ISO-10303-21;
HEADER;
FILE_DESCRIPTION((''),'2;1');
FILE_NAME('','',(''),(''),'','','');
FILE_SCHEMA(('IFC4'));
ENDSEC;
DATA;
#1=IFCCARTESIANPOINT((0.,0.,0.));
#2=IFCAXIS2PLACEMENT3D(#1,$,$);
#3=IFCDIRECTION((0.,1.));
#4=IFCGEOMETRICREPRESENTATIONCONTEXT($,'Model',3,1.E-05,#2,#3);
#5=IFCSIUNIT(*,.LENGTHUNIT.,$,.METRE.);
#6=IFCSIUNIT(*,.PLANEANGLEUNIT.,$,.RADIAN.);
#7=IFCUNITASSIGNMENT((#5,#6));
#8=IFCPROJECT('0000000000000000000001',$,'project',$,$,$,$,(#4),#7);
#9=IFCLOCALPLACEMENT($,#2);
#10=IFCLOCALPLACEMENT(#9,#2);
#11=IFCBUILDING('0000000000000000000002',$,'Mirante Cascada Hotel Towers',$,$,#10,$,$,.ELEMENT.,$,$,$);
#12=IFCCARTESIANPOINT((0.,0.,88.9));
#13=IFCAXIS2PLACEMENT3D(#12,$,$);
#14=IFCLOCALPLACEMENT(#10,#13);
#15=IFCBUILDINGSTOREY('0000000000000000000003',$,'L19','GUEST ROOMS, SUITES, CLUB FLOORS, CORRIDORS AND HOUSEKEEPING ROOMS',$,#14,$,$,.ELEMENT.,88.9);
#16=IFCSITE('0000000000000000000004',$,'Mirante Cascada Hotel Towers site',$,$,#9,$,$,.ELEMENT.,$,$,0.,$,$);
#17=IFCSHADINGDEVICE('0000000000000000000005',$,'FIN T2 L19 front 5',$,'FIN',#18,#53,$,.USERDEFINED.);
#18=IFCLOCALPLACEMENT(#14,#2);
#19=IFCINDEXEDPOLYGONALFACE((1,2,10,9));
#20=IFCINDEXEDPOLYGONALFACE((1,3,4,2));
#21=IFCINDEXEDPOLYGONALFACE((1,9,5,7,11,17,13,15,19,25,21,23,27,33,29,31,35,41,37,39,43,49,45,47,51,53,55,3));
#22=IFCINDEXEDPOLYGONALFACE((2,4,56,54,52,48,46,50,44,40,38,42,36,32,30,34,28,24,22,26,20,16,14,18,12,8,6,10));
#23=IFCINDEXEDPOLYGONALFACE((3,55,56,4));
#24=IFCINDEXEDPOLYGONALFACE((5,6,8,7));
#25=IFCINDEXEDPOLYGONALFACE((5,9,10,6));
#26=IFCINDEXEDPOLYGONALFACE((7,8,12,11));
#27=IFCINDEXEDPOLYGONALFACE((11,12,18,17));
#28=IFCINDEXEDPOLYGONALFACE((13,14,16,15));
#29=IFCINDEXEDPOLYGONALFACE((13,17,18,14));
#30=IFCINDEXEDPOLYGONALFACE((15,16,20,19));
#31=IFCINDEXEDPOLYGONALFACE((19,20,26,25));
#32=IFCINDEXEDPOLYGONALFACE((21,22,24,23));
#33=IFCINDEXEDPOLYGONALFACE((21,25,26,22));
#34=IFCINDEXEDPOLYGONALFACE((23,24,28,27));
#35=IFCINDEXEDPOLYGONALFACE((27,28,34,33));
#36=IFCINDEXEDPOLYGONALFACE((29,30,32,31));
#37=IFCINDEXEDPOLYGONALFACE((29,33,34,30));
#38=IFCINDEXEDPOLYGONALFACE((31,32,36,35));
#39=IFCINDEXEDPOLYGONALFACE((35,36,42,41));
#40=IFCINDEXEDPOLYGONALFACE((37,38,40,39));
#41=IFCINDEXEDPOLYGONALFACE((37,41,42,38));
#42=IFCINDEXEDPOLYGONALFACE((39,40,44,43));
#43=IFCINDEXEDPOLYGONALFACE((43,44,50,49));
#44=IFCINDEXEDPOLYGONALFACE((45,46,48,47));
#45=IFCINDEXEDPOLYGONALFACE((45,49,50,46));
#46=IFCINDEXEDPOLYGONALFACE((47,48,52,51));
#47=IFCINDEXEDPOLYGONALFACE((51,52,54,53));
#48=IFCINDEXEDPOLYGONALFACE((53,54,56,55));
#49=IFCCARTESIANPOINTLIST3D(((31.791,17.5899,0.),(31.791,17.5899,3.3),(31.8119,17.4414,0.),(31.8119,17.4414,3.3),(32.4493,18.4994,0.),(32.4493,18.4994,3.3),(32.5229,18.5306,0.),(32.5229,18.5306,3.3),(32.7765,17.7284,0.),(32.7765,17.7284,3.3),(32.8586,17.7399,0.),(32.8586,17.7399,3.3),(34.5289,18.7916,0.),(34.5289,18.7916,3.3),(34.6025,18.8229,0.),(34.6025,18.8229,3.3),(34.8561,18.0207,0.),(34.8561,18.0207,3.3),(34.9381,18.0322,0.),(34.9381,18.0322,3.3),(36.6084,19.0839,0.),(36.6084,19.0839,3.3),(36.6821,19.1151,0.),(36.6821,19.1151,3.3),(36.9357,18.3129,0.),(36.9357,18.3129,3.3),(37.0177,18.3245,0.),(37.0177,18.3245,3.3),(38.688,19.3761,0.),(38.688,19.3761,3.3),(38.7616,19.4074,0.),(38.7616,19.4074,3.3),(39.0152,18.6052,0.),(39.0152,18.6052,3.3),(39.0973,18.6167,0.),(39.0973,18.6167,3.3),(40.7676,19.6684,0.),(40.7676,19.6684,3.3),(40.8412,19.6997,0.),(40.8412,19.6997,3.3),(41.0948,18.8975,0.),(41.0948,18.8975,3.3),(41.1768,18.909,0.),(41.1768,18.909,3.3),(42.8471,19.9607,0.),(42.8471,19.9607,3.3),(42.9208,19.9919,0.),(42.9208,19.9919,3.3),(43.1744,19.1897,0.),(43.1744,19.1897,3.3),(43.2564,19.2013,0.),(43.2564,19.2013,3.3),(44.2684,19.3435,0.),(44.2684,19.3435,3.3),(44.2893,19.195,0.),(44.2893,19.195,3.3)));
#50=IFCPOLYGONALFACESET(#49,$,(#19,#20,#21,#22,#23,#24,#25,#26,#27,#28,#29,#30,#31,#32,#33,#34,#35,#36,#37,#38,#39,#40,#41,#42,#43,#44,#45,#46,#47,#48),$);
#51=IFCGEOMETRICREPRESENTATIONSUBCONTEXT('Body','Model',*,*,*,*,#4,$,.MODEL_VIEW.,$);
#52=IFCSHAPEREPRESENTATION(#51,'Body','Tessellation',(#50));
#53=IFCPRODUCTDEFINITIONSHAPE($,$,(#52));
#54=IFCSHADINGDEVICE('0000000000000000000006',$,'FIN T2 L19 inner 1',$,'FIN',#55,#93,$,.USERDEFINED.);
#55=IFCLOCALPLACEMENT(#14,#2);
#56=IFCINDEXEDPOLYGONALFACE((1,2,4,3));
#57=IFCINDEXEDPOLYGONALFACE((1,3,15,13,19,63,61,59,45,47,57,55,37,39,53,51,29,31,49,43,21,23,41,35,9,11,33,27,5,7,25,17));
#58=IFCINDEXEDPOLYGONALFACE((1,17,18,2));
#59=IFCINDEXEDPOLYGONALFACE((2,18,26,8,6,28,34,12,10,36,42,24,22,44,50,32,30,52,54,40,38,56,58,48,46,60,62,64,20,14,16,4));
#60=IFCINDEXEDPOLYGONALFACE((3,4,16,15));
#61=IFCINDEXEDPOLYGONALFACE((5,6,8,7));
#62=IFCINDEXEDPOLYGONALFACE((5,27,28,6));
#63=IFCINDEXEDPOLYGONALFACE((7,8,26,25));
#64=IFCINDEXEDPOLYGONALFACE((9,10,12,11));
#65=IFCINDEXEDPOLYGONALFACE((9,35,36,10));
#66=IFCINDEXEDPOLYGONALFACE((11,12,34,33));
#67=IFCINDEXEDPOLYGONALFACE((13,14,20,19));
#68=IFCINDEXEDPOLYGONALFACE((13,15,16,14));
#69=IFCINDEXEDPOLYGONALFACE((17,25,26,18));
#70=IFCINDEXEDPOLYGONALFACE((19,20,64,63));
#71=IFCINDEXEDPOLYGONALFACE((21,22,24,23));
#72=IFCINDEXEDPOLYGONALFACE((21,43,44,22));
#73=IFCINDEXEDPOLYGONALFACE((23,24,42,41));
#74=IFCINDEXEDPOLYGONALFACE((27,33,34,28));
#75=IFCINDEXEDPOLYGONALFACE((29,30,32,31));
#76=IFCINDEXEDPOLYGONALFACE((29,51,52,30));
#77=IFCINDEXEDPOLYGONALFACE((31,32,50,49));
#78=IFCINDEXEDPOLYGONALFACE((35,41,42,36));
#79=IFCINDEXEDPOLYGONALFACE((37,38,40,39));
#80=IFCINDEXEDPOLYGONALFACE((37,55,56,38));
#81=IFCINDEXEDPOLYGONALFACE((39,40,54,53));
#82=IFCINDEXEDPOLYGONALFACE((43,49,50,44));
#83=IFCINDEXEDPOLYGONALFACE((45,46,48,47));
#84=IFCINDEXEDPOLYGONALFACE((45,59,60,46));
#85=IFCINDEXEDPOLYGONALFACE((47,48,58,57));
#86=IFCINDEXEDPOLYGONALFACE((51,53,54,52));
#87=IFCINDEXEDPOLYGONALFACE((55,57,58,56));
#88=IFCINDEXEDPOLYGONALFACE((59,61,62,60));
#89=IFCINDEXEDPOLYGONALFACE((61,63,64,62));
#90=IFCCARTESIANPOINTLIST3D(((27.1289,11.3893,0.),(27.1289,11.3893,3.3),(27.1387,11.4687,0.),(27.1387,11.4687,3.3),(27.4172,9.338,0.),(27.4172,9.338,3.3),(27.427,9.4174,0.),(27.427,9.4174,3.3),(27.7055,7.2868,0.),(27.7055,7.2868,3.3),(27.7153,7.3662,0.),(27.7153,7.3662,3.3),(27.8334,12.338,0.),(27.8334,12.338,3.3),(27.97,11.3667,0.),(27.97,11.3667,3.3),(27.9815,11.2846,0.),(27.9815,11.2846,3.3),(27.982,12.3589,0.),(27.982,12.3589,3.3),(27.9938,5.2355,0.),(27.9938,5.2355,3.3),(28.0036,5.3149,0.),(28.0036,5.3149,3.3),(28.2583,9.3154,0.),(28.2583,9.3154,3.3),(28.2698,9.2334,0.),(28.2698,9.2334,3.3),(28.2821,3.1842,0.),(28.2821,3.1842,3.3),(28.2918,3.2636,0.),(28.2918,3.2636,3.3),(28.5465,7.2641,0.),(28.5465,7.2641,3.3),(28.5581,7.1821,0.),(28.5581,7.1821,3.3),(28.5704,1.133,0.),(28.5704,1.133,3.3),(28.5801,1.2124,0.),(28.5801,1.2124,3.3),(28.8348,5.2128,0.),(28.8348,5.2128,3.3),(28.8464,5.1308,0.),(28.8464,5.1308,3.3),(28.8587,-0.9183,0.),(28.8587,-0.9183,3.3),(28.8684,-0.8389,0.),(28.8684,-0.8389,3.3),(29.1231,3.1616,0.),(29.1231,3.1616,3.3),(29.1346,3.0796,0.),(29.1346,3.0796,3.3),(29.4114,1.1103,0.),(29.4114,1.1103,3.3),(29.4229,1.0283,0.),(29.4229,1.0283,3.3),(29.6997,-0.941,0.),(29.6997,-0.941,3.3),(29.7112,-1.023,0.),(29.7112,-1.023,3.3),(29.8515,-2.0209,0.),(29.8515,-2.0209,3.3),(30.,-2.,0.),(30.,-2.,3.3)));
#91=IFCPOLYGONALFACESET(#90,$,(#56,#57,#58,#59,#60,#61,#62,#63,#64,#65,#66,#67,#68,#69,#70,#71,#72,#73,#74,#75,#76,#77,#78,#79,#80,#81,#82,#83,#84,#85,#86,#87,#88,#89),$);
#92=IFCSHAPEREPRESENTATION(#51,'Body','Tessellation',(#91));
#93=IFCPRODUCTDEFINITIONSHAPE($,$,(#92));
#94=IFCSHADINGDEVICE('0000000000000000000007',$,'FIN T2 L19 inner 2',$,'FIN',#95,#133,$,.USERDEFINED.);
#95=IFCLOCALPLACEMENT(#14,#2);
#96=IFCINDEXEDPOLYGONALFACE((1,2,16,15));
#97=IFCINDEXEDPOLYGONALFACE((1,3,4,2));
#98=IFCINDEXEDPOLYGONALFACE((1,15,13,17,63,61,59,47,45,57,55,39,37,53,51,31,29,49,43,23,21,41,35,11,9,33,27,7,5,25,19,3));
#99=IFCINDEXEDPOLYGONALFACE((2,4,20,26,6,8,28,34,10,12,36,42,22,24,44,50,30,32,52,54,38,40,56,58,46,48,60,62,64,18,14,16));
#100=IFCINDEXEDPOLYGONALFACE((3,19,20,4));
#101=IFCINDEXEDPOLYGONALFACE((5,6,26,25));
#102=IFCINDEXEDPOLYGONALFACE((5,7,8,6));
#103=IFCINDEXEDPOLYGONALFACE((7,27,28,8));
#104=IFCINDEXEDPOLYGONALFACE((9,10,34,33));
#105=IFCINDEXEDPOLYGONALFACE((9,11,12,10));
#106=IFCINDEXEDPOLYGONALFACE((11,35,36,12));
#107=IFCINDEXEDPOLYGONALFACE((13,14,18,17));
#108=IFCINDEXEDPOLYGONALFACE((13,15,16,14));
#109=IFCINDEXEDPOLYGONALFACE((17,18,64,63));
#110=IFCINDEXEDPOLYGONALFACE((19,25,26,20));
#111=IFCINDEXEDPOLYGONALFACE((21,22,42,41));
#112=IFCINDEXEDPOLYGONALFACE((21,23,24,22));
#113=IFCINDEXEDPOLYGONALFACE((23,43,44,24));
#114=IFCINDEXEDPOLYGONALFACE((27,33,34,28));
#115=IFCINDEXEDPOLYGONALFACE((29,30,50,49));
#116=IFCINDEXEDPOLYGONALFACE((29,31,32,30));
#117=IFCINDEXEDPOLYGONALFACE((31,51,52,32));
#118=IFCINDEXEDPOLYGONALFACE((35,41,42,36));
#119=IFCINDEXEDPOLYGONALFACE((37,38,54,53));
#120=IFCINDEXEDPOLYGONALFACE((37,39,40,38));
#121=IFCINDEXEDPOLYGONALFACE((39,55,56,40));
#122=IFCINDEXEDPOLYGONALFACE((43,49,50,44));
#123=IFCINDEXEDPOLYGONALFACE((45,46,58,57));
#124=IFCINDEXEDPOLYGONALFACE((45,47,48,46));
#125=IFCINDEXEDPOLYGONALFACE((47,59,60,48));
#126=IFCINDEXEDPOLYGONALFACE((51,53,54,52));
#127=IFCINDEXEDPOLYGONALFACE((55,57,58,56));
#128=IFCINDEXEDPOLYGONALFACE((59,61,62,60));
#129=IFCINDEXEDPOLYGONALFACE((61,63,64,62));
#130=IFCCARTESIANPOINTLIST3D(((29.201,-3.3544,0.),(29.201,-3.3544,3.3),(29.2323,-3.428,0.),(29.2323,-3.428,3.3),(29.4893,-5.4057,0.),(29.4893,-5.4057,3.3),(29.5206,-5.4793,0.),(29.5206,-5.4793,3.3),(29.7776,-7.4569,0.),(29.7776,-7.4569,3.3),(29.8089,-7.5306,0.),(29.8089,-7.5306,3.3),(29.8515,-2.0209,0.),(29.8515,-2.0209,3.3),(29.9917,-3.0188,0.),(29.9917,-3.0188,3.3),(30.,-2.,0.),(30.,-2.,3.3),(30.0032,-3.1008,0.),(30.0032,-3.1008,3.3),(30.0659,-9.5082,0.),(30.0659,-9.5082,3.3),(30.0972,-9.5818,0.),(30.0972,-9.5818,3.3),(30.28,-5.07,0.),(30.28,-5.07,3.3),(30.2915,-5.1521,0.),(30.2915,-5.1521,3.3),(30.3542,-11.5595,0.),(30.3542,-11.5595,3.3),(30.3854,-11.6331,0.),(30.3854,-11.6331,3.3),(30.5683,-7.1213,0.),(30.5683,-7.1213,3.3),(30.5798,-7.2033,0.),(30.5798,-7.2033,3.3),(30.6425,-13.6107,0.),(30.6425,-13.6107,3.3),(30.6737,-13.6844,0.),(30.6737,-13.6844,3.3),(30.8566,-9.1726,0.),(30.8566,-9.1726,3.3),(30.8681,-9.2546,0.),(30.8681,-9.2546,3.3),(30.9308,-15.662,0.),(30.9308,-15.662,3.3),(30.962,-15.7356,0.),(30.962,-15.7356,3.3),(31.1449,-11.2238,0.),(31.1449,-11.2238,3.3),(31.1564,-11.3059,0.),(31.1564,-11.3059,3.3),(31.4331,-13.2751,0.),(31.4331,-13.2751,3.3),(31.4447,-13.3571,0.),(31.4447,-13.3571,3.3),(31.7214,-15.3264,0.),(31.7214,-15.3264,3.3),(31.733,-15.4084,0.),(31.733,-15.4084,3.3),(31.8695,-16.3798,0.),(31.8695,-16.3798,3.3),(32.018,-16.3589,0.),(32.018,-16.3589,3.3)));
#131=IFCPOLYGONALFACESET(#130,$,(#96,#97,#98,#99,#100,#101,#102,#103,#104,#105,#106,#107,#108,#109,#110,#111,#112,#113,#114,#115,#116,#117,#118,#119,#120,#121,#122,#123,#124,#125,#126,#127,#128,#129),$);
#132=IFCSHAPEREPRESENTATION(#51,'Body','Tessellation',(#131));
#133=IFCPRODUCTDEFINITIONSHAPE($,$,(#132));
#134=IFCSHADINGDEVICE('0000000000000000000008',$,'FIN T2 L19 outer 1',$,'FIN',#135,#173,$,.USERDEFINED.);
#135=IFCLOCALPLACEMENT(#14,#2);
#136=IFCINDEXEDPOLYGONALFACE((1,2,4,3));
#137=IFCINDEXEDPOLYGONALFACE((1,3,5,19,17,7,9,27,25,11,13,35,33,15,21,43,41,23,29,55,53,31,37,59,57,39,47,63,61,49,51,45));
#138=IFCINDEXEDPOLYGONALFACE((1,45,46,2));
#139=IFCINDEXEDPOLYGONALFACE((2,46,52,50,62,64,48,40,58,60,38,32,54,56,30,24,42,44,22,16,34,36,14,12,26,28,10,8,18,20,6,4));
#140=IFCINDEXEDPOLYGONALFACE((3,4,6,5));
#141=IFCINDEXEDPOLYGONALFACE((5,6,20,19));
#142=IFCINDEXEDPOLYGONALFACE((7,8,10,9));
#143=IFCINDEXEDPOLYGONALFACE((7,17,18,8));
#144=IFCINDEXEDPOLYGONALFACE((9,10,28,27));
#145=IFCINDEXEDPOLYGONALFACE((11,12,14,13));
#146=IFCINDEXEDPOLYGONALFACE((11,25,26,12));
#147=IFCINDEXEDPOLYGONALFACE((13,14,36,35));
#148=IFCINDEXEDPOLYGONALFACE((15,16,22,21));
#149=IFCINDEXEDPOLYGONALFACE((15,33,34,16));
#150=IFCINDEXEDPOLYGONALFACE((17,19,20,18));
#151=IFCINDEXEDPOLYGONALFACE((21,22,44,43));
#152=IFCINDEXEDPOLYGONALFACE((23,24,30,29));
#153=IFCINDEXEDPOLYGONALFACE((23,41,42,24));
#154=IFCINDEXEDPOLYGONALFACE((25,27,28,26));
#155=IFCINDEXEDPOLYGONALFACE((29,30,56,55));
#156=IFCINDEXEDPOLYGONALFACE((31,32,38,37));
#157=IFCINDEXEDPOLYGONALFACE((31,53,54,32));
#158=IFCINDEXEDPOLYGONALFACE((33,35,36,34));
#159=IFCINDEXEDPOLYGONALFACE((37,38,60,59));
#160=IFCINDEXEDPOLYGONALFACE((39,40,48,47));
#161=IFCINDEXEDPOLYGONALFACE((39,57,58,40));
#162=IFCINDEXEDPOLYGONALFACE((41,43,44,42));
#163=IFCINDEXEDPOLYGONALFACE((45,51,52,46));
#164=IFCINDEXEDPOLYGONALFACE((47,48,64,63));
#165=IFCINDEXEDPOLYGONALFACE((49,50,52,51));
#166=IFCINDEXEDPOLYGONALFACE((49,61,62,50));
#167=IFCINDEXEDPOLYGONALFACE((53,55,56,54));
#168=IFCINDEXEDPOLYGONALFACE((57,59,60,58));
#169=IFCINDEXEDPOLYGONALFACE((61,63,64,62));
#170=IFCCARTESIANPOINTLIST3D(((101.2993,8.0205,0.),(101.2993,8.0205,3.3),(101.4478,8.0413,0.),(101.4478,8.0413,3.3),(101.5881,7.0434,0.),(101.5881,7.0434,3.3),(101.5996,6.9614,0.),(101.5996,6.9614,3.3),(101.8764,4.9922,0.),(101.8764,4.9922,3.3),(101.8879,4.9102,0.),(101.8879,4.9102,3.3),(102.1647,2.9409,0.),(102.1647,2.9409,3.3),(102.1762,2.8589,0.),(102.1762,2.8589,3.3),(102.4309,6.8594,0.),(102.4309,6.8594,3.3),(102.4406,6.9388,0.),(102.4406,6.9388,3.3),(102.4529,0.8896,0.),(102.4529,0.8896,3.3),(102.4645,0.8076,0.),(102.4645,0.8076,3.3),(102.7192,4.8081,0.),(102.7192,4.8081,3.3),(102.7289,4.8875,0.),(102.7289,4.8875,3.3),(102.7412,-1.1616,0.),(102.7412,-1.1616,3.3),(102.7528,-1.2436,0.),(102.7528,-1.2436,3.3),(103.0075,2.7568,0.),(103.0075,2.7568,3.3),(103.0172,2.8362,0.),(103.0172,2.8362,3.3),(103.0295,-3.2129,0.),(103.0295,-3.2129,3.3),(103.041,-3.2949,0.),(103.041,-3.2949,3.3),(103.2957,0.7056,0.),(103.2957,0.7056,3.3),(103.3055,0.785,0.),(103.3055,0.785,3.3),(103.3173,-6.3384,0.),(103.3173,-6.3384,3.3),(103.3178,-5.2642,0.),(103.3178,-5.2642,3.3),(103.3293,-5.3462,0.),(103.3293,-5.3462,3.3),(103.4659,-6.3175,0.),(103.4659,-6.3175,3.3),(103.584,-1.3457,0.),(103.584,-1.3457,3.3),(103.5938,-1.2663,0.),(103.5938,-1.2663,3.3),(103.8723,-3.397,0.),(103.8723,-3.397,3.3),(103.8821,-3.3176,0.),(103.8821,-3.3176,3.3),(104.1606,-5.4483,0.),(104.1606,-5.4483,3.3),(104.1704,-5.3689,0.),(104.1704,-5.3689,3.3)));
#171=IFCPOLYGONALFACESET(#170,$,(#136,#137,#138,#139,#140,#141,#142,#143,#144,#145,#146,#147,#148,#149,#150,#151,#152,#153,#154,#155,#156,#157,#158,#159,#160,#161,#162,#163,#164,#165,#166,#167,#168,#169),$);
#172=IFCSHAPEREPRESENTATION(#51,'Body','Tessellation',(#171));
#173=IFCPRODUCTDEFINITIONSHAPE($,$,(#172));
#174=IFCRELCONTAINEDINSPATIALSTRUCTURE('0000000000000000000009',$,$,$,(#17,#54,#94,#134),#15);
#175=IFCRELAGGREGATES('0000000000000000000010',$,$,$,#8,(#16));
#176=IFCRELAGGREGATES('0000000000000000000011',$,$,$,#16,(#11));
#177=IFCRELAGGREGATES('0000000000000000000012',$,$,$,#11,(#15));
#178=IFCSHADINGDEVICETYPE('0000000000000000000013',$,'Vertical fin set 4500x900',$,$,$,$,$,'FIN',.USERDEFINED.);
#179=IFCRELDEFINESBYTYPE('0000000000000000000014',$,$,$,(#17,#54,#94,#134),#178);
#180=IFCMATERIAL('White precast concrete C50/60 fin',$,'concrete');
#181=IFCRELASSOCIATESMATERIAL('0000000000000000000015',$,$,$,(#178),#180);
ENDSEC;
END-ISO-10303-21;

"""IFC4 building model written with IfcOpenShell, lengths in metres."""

from ifc_helpers import new_model, si_unit, direction, frame, origin, place, context, subcontext, project, spatial, polyline, outline, extrude, material, type_object, element, save


model = new_model("IFC4")

# Units and contexts
model_context = context("Model", 3, precision=1e-05, world=origin(), true_north=direction((0.0, 1.0)))
body_context = subcontext(model_context, "Body", "Model", "MODEL_VIEW")
ifc_project = project(units=[si_unit("LENGTHUNIT", "METRE"), si_unit("PLANEANGLEUNIT", "RADIAN")], contexts=[model_context])

# Site, building, storey
site_placement = place(None, origin())
site = spatial("IfcSite", under=ifc_project, at=site_placement, Name="Mirante Cascada Hotel Towers site", CompositionType="ELEMENT", RefElevation=0.0)
building_placement = place(site_placement, origin())
building = spatial("IfcBuilding", under=site, at=building_placement, Name="Mirante Cascada Hotel Towers", CompositionType="ELEMENT")
storey_placement = place(building_placement, frame((0.0, 0.0, 88.9)))
storey = spatial("IfcBuildingStorey", under=building, at=storey_placement, Name="L19", Description="GUEST ROOMS, SUITES, CLUB FLOORS, CORRIDORS AND HOUSEKEEPING ROOMS", CompositionType="ELEMENT", Elevation=88.9)

# Shading devices
ifc_material_1 = material(Name="White precast concrete C50/60 fin", Category="concrete")
shading_device_type = type_object("IfcShadingDeviceType", Name="Vertical fin set 4500x900", ElementType="FIN", PredefinedType="USERDEFINED", material=ifc_material_1)
shading_device_1_placement = place(storey_placement, origin())
element("IfcShadingDevice", 1, at=shading_device_1_placement, inside=storey, type_object=shading_device_type, Name="FIN T2 L19 front 5", ObjectType="FIN", PredefinedType="USERDEFINED", context=body_context, shape_type="SweptSolid", body=[
    extrude(outline(polyline([(32.5229, 18.5306), (32.8586, 17.7399), (34.8561, 18.0207), (34.5289, 18.7916), (34.6025, 18.8229), (34.9381, 18.0322), (36.9357, 18.3129), (36.6084, 19.0839), (36.6821, 19.1151), (37.0177, 18.3245), (39.0152, 18.6052), (38.688, 19.3761), (38.7616, 19.4074), (39.0973, 18.6167), (41.0948, 18.8975), (40.7676, 19.6684), (40.8412, 19.6997), (41.1768, 18.909), (43.1744, 19.1897), (42.8471, 19.9607), (42.9208, 19.9919), (43.2564, 19.2013), (44.2684, 19.3435), (44.2893, 19.195), (31.8119, 17.4414), (31.791, 17.5899), (32.7765, 17.7284), (32.4493, 18.4994), (32.5229, 18.5306)])), origin(), (0.0, 0.0, 1.0), 3.3),
])
shading_device_2_placement = place(storey_placement, origin())
element("IfcShadingDevice", 2, at=shading_device_2_placement, inside=storey, type_object=shading_device_type, Name="FIN T2 L19 inner 1", ObjectType="FIN", PredefinedType="USERDEFINED", context=body_context, shape_type="SweptSolid", body=[
    extrude(outline(polyline([(28.8684, -0.8389), (29.6997, -0.941), (29.4229, 1.0283), (28.5704, 1.133), (28.5801, 1.2124), (29.4114, 1.1103), (29.1346, 3.0796), (28.2821, 3.1842), (28.2918, 3.2636), (29.1231, 3.1616), (28.8464, 5.1308), (27.9938, 5.2355), (28.0036, 5.3149), (28.8348, 5.2128), (28.5581, 7.1821), (27.7055, 7.2868), (27.7153, 7.3662), (28.5465, 7.2641), (28.2698, 9.2334), (27.4172, 9.338), (27.427, 9.4174), (28.2583, 9.3154), (27.9815, 11.2846), (27.1289, 11.3893), (27.1387, 11.4687), (27.97, 11.3667), (27.8334, 12.338), (27.982, 12.3589), (30.0, -2.0), (29.8515, -2.0209), (29.7112, -1.023), (28.8587, -0.9183), (28.8684, -0.8389)])), origin(), (0.0, 0.0, 1.0), 3.3),
])
shading_device_3_placement = place(storey_placement, origin())
element("IfcShadingDevice", 3, at=shading_device_3_placement, inside=storey, type_object=shading_device_type, Name="FIN T2 L19 inner 2", ObjectType="FIN", PredefinedType="USERDEFINED", context=body_context, shape_type="SweptSolid", body=[
    extrude(outline(polyline([(30.9308, -15.662), (31.7214, -15.3264), (31.4447, -13.3571), (30.6737, -13.6844), (30.6425, -13.6107), (31.4331, -13.2751), (31.1564, -11.3059), (30.3854, -11.6331), (30.3542, -11.5595), (31.1449, -11.2238), (30.8681, -9.2546), (30.0972, -9.5818), (30.0659, -9.5082), (30.8566, -9.1726), (30.5798, -7.2033), (29.8089, -7.5306), (29.7776, -7.4569), (30.5683, -7.1213), (30.2915, -5.1521), (29.5206, -5.4793), (29.4893, -5.4057), (30.28, -5.07), (30.0032, -3.1008), (29.2323, -3.428), (29.201, -3.3544), (29.9917, -3.0188), (29.8515, -2.0209), (30.0, -2.0), (32.018, -16.3589), (31.8695, -16.3798), (31.733, -15.4084), (30.962, -15.7356), (30.9308, -15.662)])), origin(), (0.0, 0.0, 1.0), 3.3),
])
shading_device_4_placement = place(storey_placement, origin())
element("IfcShadingDevice", 4, at=shading_device_4_placement, inside=storey, type_object=shading_device_type, Name="FIN T2 L19 outer 1", ObjectType="FIN", PredefinedType="USERDEFINED", context=body_context, shape_type="SweptSolid", body=[
    extrude(outline(polyline([(104.1606, -5.4483), (103.3293, -5.3462), (103.4659, -6.3175), (103.3173, -6.3384), (101.2993, 8.0205), (101.4478, 8.0413), (101.5881, 7.0434), (102.4406, 6.9388), (102.4309, 6.8594), (101.5996, 6.9614), (101.8764, 4.9922), (102.7289, 4.8875), (102.7192, 4.8081), (101.8879, 4.9102), (102.1647, 2.9409), (103.0172, 2.8362), (103.0075, 2.7568), (102.1762, 2.8589), (102.4529, 0.8896), (103.3055, 0.785), (103.2957, 0.7056), (102.4645, 0.8076), (102.7412, -1.1616), (103.5938, -1.2663), (103.584, -1.3457), (102.7528, -1.2436), (103.0295, -3.2129), (103.8821, -3.3176), (103.8723, -3.397), (103.041, -3.2949), (103.3178, -5.2642), (104.1704, -5.3689), (104.1606, -5.4483)])), origin(), (0.0, 0.0, 1.0), 3.3),
])

save(model, "model.ifc")
